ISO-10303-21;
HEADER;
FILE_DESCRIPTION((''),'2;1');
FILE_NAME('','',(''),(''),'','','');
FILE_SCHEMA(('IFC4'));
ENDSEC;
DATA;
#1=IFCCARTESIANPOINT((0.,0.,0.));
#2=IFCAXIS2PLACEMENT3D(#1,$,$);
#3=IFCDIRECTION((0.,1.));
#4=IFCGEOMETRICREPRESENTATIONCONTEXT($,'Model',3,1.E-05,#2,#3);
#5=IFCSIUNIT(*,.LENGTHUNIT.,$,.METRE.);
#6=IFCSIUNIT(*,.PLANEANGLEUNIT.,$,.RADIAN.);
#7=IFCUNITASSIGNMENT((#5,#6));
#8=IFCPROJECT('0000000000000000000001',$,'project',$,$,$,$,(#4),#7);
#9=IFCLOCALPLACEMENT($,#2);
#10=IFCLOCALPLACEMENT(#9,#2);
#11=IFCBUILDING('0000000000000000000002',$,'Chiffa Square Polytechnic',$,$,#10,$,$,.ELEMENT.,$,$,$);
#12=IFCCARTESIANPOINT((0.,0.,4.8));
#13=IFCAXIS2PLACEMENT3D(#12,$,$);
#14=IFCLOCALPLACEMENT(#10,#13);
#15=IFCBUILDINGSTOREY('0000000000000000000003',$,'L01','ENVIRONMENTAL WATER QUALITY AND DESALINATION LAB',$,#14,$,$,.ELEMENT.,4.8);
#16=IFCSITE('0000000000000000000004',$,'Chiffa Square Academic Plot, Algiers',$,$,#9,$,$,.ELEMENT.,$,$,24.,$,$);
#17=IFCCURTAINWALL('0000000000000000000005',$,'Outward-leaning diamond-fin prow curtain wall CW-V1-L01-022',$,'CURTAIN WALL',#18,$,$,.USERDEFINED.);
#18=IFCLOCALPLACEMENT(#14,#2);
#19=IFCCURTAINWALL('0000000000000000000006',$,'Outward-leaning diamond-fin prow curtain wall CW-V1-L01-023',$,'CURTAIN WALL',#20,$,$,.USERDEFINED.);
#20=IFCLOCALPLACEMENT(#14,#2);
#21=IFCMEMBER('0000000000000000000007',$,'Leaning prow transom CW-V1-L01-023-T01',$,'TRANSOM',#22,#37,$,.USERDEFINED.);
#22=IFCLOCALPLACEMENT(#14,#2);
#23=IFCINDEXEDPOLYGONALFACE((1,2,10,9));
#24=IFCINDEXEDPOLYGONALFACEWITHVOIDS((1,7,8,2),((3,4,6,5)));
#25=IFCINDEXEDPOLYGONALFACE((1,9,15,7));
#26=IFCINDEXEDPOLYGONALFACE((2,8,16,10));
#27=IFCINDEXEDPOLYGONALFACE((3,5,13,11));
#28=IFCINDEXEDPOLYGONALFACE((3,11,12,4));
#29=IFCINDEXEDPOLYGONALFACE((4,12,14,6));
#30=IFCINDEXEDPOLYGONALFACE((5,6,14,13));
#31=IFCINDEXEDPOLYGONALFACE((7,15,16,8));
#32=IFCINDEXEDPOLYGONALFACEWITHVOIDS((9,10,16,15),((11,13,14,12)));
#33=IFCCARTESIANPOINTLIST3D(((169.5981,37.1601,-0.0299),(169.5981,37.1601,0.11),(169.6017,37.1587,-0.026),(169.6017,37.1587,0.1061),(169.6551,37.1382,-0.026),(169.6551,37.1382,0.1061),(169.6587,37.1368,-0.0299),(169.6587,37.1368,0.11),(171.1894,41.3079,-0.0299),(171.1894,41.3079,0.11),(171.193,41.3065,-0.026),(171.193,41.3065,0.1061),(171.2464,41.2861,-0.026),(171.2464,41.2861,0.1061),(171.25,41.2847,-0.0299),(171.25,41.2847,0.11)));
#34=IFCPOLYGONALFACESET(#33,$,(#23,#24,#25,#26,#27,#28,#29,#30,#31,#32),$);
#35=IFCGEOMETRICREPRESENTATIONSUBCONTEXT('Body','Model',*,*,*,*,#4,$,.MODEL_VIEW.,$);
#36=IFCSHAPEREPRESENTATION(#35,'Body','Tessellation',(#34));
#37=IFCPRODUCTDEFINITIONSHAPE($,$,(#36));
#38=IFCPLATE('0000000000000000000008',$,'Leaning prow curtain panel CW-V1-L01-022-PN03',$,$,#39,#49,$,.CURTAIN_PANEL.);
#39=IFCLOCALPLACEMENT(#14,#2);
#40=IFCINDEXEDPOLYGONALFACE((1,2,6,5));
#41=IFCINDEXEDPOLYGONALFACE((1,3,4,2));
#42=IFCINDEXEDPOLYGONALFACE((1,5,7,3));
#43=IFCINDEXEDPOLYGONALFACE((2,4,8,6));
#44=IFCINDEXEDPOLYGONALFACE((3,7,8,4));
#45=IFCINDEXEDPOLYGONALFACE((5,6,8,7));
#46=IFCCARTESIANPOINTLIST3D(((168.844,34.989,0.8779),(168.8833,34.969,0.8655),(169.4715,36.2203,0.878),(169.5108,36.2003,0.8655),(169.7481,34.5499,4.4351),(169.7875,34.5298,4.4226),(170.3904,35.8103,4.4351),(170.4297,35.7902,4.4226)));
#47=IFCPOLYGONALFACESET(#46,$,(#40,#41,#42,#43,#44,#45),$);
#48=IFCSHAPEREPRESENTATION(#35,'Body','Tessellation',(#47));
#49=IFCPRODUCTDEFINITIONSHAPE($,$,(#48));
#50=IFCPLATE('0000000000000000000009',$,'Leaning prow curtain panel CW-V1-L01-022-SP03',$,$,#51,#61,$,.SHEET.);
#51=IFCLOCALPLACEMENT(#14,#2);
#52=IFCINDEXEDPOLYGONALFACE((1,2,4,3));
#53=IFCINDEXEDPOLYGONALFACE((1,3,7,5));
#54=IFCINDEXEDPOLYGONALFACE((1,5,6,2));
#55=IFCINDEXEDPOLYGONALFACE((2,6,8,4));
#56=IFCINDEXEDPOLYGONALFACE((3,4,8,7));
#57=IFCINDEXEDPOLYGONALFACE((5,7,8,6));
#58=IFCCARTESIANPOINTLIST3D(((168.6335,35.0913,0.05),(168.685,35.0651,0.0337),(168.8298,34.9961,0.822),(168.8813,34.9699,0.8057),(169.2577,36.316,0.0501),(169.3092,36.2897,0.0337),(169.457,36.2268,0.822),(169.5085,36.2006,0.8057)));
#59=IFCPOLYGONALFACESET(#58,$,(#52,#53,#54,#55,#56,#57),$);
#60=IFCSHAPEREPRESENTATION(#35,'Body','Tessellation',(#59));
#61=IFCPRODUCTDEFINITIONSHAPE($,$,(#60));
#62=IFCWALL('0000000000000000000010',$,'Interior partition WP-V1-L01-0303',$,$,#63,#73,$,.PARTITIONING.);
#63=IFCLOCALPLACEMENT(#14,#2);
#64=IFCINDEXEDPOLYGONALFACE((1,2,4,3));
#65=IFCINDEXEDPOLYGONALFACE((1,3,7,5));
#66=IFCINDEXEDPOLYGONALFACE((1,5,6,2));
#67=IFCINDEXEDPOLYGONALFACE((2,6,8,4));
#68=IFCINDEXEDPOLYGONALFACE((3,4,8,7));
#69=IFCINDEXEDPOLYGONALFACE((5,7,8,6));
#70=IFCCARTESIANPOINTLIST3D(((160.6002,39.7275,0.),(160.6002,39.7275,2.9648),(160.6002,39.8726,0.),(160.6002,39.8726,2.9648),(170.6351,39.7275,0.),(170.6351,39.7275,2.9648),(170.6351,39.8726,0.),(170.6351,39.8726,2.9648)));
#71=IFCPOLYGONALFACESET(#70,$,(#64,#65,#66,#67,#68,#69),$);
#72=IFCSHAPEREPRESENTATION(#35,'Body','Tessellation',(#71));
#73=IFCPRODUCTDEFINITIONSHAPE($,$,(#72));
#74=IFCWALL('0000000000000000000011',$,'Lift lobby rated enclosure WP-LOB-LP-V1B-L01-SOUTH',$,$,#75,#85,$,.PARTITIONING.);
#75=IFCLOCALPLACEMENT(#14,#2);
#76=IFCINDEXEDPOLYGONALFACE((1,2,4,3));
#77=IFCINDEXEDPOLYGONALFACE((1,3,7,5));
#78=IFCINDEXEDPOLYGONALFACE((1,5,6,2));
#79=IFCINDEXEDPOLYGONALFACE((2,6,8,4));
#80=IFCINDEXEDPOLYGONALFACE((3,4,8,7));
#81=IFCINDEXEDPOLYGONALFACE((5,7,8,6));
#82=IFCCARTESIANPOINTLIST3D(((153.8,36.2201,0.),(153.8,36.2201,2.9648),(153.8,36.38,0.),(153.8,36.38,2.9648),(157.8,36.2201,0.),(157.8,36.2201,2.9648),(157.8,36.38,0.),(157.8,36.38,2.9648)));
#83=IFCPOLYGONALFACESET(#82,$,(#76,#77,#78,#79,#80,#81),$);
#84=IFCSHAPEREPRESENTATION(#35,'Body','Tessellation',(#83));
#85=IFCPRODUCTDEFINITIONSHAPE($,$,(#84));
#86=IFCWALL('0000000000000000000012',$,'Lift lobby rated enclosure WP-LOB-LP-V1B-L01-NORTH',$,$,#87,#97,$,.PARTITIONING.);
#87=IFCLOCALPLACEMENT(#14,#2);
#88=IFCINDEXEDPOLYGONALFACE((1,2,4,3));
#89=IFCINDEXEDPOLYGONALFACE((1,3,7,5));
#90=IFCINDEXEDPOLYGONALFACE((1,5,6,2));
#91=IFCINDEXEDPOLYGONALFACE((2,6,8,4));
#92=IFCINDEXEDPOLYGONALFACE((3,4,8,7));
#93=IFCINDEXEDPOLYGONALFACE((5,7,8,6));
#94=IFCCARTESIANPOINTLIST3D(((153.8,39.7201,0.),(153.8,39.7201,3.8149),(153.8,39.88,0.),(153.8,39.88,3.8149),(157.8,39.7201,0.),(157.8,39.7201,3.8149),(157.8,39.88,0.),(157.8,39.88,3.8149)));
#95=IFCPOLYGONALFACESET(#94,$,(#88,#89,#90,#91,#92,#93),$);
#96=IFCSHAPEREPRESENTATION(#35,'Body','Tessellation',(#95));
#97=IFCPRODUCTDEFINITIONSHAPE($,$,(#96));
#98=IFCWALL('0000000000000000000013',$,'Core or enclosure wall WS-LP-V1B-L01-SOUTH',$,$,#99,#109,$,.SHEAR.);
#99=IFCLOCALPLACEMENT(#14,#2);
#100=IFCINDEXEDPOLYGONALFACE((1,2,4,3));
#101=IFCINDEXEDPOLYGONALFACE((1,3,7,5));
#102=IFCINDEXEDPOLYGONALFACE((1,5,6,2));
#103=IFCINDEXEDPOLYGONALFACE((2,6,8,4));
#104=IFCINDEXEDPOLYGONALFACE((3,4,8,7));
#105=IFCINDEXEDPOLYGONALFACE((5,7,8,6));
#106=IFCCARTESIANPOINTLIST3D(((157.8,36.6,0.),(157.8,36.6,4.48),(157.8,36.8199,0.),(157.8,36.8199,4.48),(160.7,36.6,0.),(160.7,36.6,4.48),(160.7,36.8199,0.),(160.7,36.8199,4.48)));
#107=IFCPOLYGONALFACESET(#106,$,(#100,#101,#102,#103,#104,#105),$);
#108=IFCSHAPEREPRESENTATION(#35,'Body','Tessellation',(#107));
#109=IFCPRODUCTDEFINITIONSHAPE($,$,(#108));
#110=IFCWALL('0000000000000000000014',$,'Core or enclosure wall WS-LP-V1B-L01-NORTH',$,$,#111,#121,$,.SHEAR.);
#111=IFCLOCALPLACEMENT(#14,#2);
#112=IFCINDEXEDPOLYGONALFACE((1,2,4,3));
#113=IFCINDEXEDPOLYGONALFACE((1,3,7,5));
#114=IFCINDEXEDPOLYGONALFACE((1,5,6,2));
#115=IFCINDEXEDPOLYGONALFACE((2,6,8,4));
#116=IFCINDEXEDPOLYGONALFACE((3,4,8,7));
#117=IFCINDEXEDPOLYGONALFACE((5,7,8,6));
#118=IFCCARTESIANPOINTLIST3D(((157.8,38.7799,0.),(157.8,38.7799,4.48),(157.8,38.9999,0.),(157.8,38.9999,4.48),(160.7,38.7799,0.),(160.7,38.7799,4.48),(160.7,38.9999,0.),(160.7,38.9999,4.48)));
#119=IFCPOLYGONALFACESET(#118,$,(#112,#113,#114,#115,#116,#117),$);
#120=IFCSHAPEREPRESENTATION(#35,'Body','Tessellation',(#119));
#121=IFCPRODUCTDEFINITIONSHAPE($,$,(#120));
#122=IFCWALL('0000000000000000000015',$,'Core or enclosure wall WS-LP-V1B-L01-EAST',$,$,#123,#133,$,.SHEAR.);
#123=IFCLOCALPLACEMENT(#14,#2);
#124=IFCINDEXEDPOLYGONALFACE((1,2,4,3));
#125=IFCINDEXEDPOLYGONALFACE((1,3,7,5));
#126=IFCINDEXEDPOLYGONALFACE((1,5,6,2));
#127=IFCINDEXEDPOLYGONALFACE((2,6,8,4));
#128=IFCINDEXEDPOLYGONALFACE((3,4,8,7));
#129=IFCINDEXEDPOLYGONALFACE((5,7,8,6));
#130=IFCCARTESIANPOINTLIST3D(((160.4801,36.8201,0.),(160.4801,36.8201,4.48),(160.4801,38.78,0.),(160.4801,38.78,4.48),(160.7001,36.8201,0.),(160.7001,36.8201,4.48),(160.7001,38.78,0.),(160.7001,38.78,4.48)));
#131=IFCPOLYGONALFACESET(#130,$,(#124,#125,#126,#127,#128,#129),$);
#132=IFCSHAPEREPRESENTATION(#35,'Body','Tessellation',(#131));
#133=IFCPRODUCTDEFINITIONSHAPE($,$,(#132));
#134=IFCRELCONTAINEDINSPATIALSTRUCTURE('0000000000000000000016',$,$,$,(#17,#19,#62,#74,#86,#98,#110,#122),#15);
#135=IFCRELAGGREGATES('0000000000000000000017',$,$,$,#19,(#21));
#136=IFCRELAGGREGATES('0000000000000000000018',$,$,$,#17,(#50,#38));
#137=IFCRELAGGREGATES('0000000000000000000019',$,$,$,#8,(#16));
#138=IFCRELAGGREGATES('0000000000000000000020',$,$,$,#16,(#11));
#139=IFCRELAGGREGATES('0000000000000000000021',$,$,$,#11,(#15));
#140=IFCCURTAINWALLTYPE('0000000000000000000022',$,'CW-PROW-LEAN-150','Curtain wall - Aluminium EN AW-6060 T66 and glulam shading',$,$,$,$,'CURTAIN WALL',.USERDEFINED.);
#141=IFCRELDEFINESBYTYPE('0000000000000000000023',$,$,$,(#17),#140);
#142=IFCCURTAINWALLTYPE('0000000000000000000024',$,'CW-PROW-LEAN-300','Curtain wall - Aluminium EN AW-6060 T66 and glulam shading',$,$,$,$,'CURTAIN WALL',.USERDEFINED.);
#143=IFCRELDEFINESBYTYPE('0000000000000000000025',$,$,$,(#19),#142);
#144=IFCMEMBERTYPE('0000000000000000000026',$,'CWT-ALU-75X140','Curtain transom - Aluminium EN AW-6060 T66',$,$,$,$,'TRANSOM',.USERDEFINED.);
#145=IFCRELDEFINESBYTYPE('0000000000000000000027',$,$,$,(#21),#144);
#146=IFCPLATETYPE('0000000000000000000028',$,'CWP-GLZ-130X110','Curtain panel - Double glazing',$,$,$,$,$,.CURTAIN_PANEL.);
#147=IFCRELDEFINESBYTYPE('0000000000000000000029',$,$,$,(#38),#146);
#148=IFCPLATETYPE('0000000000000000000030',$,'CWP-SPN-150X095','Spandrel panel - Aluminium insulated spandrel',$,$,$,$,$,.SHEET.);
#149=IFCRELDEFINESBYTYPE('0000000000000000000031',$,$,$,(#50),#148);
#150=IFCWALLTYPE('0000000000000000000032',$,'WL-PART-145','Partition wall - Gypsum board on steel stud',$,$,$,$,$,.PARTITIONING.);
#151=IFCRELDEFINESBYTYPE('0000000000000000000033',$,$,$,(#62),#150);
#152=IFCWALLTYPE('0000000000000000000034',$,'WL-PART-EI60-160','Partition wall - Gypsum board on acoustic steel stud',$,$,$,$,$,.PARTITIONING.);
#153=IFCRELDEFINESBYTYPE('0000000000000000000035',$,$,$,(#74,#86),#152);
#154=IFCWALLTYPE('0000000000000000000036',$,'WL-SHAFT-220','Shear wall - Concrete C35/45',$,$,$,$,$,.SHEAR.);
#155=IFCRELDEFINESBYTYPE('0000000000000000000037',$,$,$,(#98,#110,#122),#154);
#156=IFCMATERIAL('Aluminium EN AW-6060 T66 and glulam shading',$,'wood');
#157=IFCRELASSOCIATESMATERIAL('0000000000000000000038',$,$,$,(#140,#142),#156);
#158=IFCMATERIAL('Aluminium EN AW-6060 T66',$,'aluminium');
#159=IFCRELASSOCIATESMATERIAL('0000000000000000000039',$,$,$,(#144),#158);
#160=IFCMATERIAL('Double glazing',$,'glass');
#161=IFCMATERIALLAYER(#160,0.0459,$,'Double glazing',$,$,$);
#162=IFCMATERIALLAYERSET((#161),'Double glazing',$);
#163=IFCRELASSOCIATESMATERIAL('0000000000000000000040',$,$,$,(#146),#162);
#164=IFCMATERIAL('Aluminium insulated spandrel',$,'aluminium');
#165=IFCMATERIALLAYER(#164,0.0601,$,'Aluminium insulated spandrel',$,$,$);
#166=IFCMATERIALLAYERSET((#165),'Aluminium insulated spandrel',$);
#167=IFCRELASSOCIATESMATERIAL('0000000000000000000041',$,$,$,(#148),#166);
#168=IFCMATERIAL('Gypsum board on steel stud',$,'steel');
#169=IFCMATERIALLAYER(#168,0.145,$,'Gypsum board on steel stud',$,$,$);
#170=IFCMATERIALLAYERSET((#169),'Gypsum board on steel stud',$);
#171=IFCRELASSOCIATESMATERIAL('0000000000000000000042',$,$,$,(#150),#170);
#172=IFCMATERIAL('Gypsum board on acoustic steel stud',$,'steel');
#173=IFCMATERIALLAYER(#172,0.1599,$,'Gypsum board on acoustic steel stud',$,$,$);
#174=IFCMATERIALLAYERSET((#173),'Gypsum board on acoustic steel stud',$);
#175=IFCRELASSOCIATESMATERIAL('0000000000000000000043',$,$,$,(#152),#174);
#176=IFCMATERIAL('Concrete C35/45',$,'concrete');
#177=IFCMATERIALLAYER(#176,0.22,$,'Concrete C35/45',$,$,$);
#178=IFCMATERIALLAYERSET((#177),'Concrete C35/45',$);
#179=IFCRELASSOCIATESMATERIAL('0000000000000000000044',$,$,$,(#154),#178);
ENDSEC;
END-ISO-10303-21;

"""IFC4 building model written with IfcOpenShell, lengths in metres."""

from ifc_helpers import new_model, si_unit, direction, frame, frame_2d, origin, origin_2d, place, context, subcontext, project, spatial, polyline, rectangle, hollow_rectangle, outline, extrude, material, layer, layer_set, material_profile, profile_set, type_object, element, aggregate, save


model = new_model("IFC4")

# Units and contexts
model_context = context("Model", 3, precision=1e-05, world=origin(), true_north=direction((0.0, 1.0)))
body_context = subcontext(model_context, "Body", "Model", "MODEL_VIEW")
ifc_project = project(units=[si_unit("LENGTHUNIT", "METRE"), si_unit("PLANEANGLEUNIT", "RADIAN")], contexts=[model_context])

# Site, building, storey
site_placement = place(None, origin())
site = spatial("IfcSite", under=ifc_project, at=site_placement, Name="Chiffa Square Academic Plot, Algiers", CompositionType="ELEMENT", RefElevation=24.0)
building_placement = place(site_placement, origin())
building = spatial("IfcBuilding", under=site, at=building_placement, Name="Chiffa Square Polytechnic", CompositionType="ELEMENT")
storey_placement = place(building_placement, frame((0.0, 0.0, 4.8)))
storey = spatial("IfcBuildingStorey", under=building, at=storey_placement, Name="L01", Description="ENVIRONMENTAL WATER QUALITY AND DESALINATION LAB", CompositionType="ELEMENT", Elevation=4.8)

# Shared definitions
ifc_material_1 = material(Name="Concrete C35/45", Category="concrete")

# Curtain wall
ifc_material_2 = material(Name="Aluminium EN AW-6060 T66 and glulam shading", Category="wood")
curtain_wall_type_1 = type_object("IfcCurtainWallType", Name="CW-PROW-LEAN-150", Description="Curtain wall - Aluminium EN AW-6060 T66 and glulam shading", ElementType="CURTAIN WALL", PredefinedType="USERDEFINED", material=ifc_material_2)
curtain_wall_1_placement = place(storey_placement, origin())
curtain_wall_1 = element("IfcCurtainWall", 1, at=curtain_wall_1_placement, inside=storey, type_object=curtain_wall_type_1, Name="Outward-leaning diamond-fin prow curtain wall CW-V1-L01-022", ObjectType="CURTAIN WALL", PredefinedType="USERDEFINED")
ifc_material_3 = material(Name="Aluminium EN AW-6060 T66", Category="aluminium")

# Curtain wall
curtain_wall_type_2 = type_object("IfcCurtainWallType", Name="CW-PROW-LEAN-300", Description="Curtain wall - Aluminium EN AW-6060 T66 and glulam shading", ElementType="CURTAIN WALL", PredefinedType="USERDEFINED", material=ifc_material_2)
curtain_wall_2_placement = place(storey_placement, origin())
curtain_wall_2 = element("IfcCurtainWall", 2, at=curtain_wall_2_placement, inside=storey, type_object=curtain_wall_type_2, Name="Outward-leaning diamond-fin prow curtain wall CW-V1-L01-023", ObjectType="CURTAIN WALL", PredefinedType="USERDEFINED")

# Member
ifc_material_profile_1 = material_profile(ifc_material_3, hollow_rectangle(XDim=0.0649, YDim=0.1399, WallThickness=0.0039, at=origin_2d()), Name="ALU 65x140x4")
ifc_profile_set_1 = profile_set([ifc_material_profile_1], Name="Aluminium EN AW-6060 T66")
member_type_1 = type_object("IfcMemberType", Name="CWT-ALU-75X140", Description="Curtain transom - Aluminium EN AW-6060 T66", ElementType="TRANSOM", PredefinedType="USERDEFINED", material=ifc_profile_set_1)
member_1_placement = place(storey_placement, frame((169.6284, 37.1484, 0.04), z_axis=(0.358184, 0.933651, 0.0), x_axis=(-0.933651, 0.358184, 0.0)))
member_1 = element("IfcMember", 3, at=member_1_placement, type_object=member_type_1, Name="Leaning prow transom CW-V1-L01-023-T01", ObjectType="TRANSOM", PredefinedType="USERDEFINED", context=body_context, shape_type="SweptSolid", body=[
    extrude(hollow_rectangle(XDim=0.0649, YDim=0.1399, WallThickness=0.0039, at=origin_2d()), origin(), (0.0, 0.0, 1.0), 4.4426),
])
aggregate(curtain_wall_2, [member_1])

# Plates
ifc_material_4 = material(Name="Double glazing", Category="glass")
ifc_layer_1 = layer(ifc_material_4, 0.0459, Name="Double glazing")
ifc_layer_set_1 = layer_set([ifc_layer_1], Name="Double glazing")
plate_type_1 = type_object("IfcPlateType", Name="CWP-GLZ-130X110", Description="Curtain panel - Double glazing", PredefinedType="CURTAIN_PANEL", material=ifc_layer_set_1)
plate_1_placement = place(storey_placement, frame((168.844, 34.989, 0.8779), z_axis=(-0.857421, 0.436944, 0.271862), x_axis=(0.454056, 0.890973, 0.000044)))
plate_1 = element("IfcPlate", 4, at=plate_1_placement, type_object=plate_type_1, Name="Leaning prow curtain panel CW-V1-L01-022-PN03", PredefinedType="CURTAIN_PANEL", context=body_context, shape_type="SweptSolid", body=[
    extrude(outline(polyline([(0.0, 0.0), (1.382, 0.0), (1.4341, -3.6963), (0.0194, -3.6964), (0.0, 0.0)])), origin(), (0.0, 0.0, -1.0), 0.0459),
])
ifc_material_5 = material(Name="Aluminium insulated spandrel", Category="aluminium")
ifc_layer_2 = layer(ifc_material_5, 0.0601, Name="Aluminium insulated spandrel")
ifc_layer_set_2 = layer_set([ifc_layer_2], Name="Aluminium insulated spandrel")
plate_type_2 = type_object("IfcPlateType", Name="CWP-SPN-150X095", Description="Spandrel panel - Aluminium insulated spandrel", PredefinedType="SHEET", material=ifc_layer_set_2)
plate_2_placement = place(storey_placement, frame((168.6335, 35.0913, 0.05), z_axis=(-0.857402, 0.437013, 0.271812), x_axis=(0.454114, 0.890944, 0.000015)))
plate_2 = element("IfcPlate", 5, at=plate_2_placement, type_object=plate_type_2, Name="Leaning prow curtain panel CW-V1-L01-022-SP03", PredefinedType="SHEET", context=body_context, shape_type="SweptSolid", body=[
    extrude(outline(polyline([(0.0, 0.0), (1.3745, 0.0), (1.3856, -0.8022), (0.0043, -0.8022), (0.0, 0.0)])), origin(), (0.0, 0.0, -1.0), 0.0601),
])
aggregate(curtain_wall_1, [plate_2, plate_1])

# Walls
ifc_material_6 = material(Name="Gypsum board on steel stud", Category="steel")
ifc_layer_3 = layer(ifc_material_6, 0.145, Name="Gypsum board on steel stud")
ifc_layer_set_3 = layer_set([ifc_layer_3], Name="Gypsum board on steel stud")
wall_type_1 = type_object("IfcWallType", Name="WL-PART-145", Description="Partition wall - Gypsum board on steel stud", PredefinedType="PARTITIONING", material=ifc_layer_set_3)
wall_1_placement = place(storey_placement, frame((160.6001, 39.8, 0.0), z_axis=(0.0, 0.0, 1.0), x_axis=(1.0, 0.0, 0.0)))
element("IfcWall", 6, at=wall_1_placement, inside=storey, type_object=wall_type_1, Name="Interior partition WP-V1-L01-0303", PredefinedType="PARTITIONING", context=body_context, shape_type="SweptSolid", body=[
    extrude(rectangle(XDim=10.0349, YDim=0.145, at=frame_2d((5.0176, 0.0))), origin(), (0.0, 0.0, 1.0), 2.9648),
])
ifc_material_7 = material(Name="Gypsum board on acoustic steel stud", Category="steel")
ifc_layer_4 = layer(ifc_material_7, 0.1599, Name="Gypsum board on acoustic steel stud")
ifc_layer_set_4 = layer_set([ifc_layer_4], Name="Gypsum board on acoustic steel stud")
wall_type_2 = type_object("IfcWallType", Name="WL-PART-EI60-160", Description="Partition wall - Gypsum board on acoustic steel stud", PredefinedType="PARTITIONING", material=ifc_layer_set_4)
wall_2_placement = place(storey_placement, frame((153.8, 36.3, 0.0), z_axis=(0.0, 0.0, 1.0), x_axis=(1.0, 0.0, 0.0)))
element("IfcWall", 7, at=wall_2_placement, inside=storey, type_object=wall_type_2, Name="Lift lobby rated enclosure WP-LOB-LP-V1B-L01-SOUTH", PredefinedType="PARTITIONING", context=body_context, shape_type="SweptSolid", body=[
    extrude(rectangle(XDim=4.0, YDim=0.1599, at=frame_2d((2.0, 0.0))), origin(), (0.0, 0.0, 1.0), 2.9648),
])
wall_3_placement = place(storey_placement, frame((153.8, 39.8, 0.0), z_axis=(0.0, 0.0, 1.0), x_axis=(1.0, 0.0, 0.0)))
element("IfcWall", 8, at=wall_3_placement, inside=storey, type_object=wall_type_2, Name="Lift lobby rated enclosure WP-LOB-LP-V1B-L01-NORTH", PredefinedType="PARTITIONING", context=body_context, shape_type="SweptSolid", body=[
    extrude(rectangle(XDim=4.0, YDim=0.1599, at=frame_2d((2.0, 0.0))), origin(), (0.0, 0.0, 1.0), 3.8149),
])

# Walls
ifc_layer_5 = layer(ifc_material_1, 0.22, Name="Concrete C35/45")
ifc_layer_set_5 = layer_set([ifc_layer_5], Name="Concrete C35/45")
wall_type_3 = type_object("IfcWallType", Name="WL-SHAFT-220", Description="Shear wall - Concrete C35/45", PredefinedType="SHEAR", material=ifc_layer_set_5)
for number, where, z_axis, x_axis, name in (
    (9, (157.8, 36.71, 0.0), (0.0, 0.0, 1.0), (1.0, 0.0, 0.0), "Core or enclosure wall WS-LP-V1B-L01-SOUTH"),
    (10, (157.8, 38.8899, 0.0), (0.0, 0.0, 1.0), (1.0, 0.0, 0.0), "Core or enclosure wall WS-LP-V1B-L01-NORTH"),
):
    element("IfcWall", number, at=place(storey_placement, frame(where, z_axis=z_axis, x_axis=x_axis)), inside=storey, type_object=wall_type_3, Name=name, PredefinedType="SHEAR", context=body_context, shape_type="SweptSolid", body=[
        extrude(rectangle(XDim=2.8999, YDim=0.22, at=frame_2d((1.45, 0.0))), origin(), (0.0, 0.0, 1.0), 4.48),
    ])

# Wall
wall_4_placement = place(storey_placement, frame((160.5901, 36.8201, 0.0), z_axis=(0.0, 0.0, 1.0), x_axis=(0.0, 1.0, 0.0)))
element("IfcWall", 11, at=wall_4_placement, inside=storey, type_object=wall_type_3, Name="Core or enclosure wall WS-LP-V1B-L01-EAST", PredefinedType="SHEAR", context=body_context, shape_type="SweptSolid", body=[
    extrude(rectangle(XDim=1.96, YDim=0.22, at=frame_2d((0.98, 0.0))), origin(), (0.0, 0.0, 1.0), 4.48),
])

save(model, "model.ifc")
